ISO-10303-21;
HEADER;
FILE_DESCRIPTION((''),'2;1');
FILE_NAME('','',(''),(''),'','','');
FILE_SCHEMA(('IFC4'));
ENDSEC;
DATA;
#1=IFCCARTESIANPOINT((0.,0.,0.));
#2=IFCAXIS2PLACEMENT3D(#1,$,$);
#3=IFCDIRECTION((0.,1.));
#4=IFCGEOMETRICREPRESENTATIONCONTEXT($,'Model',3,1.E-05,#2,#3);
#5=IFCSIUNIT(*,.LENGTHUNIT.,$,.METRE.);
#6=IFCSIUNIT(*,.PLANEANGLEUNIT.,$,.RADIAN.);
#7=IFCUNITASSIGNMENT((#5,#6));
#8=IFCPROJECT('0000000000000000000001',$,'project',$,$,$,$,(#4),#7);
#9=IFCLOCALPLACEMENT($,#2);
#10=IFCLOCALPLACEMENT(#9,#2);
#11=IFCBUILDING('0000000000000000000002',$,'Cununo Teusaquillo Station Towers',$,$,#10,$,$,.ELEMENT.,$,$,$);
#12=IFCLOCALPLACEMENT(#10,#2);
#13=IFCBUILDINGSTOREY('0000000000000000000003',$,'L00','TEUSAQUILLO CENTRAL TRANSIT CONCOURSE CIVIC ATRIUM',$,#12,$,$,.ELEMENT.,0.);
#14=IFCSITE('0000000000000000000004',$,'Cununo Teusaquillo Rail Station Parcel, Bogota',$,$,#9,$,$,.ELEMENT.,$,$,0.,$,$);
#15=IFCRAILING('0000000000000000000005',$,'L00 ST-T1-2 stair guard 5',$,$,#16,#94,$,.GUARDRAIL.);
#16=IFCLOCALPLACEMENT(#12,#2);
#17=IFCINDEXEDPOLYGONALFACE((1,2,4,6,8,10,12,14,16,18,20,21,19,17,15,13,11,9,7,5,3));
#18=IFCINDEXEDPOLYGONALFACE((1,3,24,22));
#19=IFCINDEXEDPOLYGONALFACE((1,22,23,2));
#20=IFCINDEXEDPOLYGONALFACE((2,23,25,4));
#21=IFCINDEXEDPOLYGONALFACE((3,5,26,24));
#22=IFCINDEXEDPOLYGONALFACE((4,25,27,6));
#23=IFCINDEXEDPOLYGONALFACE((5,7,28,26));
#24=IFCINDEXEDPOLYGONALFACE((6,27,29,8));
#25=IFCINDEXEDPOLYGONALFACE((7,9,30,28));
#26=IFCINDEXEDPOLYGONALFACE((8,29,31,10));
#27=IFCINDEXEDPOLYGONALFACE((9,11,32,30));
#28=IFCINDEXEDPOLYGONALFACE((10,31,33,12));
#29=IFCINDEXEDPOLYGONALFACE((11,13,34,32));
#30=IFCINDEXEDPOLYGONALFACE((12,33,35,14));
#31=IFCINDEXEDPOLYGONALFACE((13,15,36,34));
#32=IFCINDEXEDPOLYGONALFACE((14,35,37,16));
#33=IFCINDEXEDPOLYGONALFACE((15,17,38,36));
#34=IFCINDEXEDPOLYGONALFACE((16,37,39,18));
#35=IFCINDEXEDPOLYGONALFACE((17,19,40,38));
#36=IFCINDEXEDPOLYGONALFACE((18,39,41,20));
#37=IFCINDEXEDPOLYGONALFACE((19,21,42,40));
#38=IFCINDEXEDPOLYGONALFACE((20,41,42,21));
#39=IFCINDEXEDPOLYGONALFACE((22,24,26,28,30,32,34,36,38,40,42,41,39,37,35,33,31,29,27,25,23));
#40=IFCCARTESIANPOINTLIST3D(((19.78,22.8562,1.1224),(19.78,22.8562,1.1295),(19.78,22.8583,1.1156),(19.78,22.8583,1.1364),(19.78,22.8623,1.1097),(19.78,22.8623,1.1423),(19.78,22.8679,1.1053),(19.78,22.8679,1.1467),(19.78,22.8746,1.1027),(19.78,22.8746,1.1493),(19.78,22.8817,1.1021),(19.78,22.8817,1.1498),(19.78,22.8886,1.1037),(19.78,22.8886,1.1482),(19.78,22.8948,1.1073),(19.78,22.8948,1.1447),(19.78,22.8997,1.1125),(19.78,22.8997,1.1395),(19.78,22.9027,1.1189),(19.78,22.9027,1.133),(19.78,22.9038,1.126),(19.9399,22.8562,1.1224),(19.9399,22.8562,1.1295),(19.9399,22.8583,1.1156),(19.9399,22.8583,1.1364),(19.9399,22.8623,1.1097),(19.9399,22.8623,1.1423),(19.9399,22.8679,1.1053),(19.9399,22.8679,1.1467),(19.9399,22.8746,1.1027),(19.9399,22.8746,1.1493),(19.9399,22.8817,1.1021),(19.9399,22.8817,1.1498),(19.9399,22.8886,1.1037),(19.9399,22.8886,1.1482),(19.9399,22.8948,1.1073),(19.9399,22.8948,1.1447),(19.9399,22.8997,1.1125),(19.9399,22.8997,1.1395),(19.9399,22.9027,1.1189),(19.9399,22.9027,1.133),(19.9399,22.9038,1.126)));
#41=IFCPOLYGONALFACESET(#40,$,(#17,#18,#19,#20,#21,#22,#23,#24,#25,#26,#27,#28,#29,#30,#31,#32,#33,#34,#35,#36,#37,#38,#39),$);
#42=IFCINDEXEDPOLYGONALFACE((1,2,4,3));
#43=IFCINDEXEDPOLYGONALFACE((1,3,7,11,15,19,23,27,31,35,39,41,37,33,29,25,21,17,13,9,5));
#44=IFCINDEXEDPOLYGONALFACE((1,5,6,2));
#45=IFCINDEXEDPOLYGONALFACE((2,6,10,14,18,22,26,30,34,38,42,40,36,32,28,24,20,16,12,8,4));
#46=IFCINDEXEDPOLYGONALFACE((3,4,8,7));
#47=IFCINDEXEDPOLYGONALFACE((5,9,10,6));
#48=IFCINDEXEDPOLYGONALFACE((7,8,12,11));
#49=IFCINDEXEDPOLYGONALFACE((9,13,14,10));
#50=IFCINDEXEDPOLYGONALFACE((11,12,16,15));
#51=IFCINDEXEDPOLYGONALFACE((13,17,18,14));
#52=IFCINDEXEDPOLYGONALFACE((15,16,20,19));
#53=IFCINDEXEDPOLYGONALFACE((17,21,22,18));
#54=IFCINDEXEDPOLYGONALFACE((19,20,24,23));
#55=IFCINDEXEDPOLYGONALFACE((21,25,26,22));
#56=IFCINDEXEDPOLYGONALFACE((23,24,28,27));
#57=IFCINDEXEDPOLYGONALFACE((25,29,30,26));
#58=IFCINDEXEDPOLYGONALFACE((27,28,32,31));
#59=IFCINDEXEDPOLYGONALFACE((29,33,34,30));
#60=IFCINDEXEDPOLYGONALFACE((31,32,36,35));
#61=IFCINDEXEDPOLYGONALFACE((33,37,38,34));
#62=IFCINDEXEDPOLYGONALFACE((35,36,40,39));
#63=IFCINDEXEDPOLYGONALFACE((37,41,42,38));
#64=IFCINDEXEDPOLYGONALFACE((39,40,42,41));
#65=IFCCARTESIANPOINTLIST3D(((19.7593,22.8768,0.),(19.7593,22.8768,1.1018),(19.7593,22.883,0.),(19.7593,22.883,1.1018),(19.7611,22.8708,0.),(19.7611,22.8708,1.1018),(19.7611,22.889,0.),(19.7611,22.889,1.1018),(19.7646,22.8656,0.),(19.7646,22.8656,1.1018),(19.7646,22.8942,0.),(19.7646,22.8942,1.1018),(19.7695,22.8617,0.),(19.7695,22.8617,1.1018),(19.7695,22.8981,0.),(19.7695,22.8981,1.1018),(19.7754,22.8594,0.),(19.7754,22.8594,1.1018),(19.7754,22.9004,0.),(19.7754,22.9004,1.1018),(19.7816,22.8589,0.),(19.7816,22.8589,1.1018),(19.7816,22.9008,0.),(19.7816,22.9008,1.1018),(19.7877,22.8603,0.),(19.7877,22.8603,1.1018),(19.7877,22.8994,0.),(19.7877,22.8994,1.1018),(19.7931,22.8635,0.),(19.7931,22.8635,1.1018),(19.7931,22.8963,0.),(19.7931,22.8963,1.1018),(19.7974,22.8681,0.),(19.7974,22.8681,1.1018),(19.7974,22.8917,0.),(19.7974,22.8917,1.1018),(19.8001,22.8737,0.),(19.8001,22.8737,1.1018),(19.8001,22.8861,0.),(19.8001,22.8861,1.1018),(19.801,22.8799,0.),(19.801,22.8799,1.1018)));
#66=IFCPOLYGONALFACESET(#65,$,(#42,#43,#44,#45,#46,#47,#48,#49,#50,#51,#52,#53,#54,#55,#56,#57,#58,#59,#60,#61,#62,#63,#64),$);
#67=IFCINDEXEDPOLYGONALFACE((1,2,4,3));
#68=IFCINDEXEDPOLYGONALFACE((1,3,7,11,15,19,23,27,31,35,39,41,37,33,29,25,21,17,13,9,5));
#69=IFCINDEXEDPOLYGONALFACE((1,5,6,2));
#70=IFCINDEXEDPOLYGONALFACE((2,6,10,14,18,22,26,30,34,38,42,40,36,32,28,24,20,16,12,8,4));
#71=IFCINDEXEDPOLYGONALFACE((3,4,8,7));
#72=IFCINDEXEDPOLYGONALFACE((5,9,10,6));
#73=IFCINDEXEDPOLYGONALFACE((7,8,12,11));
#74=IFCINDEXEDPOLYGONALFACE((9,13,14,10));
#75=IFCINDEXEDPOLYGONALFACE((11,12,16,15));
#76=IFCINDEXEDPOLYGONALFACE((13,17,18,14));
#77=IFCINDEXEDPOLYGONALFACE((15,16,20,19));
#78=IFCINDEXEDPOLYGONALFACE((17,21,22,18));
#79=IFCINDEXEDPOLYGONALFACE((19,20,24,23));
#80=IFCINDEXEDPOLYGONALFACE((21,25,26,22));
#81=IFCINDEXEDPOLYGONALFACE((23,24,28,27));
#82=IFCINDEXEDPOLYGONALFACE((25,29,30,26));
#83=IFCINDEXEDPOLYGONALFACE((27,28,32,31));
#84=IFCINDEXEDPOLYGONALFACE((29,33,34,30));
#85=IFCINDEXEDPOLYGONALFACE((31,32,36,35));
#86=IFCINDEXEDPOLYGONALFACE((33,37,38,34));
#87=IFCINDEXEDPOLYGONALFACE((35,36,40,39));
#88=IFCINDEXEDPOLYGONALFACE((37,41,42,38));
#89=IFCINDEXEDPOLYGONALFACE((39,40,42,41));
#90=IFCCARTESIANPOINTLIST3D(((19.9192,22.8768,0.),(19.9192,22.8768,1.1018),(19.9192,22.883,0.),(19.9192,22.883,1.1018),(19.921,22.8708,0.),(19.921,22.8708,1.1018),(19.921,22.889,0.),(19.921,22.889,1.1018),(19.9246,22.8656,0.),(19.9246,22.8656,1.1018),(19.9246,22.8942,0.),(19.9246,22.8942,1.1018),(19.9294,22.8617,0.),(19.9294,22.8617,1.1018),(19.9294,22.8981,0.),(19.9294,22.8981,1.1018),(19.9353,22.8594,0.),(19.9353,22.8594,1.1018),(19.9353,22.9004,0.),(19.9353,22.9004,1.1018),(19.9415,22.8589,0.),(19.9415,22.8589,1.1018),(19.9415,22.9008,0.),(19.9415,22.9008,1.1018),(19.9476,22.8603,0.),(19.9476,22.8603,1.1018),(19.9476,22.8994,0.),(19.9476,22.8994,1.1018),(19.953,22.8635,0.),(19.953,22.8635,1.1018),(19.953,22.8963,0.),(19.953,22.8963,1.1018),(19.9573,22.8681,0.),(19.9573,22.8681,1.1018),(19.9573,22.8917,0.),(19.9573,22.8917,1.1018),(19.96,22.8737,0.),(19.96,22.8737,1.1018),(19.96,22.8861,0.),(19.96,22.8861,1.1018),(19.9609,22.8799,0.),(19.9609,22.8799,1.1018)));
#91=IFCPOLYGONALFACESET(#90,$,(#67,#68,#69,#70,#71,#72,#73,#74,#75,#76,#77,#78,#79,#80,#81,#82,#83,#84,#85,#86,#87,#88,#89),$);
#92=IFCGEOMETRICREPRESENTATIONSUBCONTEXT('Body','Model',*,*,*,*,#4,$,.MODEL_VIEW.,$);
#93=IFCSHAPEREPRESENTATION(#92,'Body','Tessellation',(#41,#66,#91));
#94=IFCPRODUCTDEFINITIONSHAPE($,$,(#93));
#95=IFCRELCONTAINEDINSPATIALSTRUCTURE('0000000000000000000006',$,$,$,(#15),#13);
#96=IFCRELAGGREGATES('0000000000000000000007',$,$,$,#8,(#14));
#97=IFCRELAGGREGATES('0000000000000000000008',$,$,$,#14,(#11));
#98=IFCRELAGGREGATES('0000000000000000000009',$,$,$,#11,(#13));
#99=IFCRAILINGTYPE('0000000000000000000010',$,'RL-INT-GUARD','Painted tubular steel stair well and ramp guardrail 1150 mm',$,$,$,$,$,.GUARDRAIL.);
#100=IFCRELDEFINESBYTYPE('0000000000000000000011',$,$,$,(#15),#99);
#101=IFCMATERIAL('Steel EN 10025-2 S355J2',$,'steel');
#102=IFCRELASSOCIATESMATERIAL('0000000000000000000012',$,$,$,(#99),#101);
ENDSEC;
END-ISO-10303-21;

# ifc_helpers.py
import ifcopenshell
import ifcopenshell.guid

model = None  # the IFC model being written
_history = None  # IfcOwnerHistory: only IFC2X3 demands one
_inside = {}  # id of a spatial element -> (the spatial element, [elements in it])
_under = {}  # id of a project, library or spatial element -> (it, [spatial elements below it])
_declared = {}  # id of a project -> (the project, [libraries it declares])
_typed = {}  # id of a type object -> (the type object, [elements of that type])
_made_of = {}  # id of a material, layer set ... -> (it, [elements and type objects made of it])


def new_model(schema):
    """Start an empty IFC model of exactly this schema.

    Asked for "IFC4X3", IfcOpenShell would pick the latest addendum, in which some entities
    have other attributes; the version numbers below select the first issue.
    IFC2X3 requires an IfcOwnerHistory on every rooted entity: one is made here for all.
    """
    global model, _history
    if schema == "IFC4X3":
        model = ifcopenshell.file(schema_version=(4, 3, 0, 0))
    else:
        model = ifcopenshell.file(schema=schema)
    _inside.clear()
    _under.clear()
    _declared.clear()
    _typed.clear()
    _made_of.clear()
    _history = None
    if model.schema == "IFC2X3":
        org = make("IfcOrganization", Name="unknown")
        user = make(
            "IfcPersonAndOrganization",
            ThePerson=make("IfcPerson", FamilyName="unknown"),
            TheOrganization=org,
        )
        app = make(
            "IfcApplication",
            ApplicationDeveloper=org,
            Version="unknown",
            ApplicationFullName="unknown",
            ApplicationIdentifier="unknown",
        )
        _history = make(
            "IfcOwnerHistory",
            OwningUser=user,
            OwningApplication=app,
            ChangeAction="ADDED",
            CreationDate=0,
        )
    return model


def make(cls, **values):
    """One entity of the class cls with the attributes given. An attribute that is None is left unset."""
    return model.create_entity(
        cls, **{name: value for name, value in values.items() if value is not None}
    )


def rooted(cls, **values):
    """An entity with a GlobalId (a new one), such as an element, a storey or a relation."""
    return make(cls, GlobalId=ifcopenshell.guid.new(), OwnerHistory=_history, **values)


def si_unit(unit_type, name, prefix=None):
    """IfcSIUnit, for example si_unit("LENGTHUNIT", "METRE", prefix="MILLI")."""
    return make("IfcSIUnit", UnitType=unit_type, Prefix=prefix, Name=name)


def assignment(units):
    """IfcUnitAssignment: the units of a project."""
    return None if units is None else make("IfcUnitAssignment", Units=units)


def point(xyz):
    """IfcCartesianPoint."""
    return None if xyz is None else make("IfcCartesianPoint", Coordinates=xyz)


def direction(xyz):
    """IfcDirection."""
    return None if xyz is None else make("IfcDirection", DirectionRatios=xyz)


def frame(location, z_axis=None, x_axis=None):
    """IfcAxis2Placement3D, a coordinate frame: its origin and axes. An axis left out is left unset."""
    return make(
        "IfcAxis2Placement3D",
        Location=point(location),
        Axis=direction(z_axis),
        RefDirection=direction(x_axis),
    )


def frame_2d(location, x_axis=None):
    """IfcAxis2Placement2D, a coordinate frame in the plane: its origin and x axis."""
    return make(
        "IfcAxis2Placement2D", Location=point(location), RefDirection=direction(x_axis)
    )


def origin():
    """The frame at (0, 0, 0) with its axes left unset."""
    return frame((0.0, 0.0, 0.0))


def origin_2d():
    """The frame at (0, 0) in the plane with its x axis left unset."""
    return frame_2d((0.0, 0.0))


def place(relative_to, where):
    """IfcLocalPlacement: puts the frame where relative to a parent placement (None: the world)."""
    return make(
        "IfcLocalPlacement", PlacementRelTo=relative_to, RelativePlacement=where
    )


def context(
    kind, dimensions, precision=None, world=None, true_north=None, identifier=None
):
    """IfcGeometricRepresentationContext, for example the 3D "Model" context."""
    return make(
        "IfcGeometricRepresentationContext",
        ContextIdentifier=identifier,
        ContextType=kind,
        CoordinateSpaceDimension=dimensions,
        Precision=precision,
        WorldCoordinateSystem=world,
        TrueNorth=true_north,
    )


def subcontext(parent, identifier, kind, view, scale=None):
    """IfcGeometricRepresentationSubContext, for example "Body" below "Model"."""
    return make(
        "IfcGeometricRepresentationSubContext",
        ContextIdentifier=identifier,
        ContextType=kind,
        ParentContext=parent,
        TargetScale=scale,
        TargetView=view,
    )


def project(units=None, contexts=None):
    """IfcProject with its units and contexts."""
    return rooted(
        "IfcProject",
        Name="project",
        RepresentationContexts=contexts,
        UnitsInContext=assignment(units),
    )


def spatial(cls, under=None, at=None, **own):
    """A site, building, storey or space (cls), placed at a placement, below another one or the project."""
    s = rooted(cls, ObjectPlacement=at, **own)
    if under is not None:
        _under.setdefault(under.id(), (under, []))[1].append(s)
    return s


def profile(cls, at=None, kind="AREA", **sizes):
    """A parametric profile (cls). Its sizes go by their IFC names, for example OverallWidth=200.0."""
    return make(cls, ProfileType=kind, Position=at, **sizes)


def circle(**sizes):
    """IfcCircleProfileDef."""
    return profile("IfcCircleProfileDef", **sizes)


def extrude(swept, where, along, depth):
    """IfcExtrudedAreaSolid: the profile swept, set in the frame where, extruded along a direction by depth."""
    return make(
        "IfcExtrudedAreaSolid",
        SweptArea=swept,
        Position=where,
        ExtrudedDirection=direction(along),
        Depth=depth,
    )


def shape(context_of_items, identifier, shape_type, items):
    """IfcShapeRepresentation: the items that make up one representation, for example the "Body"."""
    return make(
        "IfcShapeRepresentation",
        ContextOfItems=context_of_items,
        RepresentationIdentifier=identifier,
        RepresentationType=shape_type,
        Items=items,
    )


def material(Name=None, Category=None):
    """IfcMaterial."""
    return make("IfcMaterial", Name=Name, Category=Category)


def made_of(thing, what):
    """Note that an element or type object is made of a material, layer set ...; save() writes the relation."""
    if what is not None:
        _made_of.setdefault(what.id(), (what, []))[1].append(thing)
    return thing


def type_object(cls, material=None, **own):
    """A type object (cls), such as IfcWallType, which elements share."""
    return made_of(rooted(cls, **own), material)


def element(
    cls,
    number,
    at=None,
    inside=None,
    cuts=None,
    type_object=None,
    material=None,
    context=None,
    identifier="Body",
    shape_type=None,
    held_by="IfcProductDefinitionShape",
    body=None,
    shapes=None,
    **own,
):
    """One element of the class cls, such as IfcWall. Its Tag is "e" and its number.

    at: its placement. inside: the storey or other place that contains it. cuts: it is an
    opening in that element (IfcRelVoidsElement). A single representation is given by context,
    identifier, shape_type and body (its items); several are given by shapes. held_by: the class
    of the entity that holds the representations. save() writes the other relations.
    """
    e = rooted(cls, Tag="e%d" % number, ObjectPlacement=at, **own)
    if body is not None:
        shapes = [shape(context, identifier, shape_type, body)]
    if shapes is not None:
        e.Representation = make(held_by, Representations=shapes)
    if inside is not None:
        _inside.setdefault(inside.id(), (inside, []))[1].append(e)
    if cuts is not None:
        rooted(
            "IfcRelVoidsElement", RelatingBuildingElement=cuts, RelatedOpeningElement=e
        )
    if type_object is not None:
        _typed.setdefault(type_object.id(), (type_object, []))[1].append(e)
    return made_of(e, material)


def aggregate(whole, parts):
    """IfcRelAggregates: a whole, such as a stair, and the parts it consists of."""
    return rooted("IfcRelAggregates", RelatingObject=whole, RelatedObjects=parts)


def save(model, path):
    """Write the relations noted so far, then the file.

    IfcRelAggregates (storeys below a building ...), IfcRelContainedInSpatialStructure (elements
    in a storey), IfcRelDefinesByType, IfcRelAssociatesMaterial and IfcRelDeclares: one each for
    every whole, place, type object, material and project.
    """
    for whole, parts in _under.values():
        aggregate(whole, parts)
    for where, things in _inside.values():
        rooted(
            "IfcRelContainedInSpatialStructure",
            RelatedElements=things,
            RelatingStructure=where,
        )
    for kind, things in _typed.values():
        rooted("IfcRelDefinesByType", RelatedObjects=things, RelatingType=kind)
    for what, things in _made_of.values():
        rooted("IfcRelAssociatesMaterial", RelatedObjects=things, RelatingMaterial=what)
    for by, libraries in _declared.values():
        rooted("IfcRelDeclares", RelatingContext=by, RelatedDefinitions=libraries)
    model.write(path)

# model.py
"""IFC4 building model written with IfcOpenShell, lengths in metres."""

from ifc_helpers import new_model, si_unit, direction, frame, origin, origin_2d, place, context, subcontext, project, spatial, circle, extrude, material, type_object, element, save


model = new_model("IFC4")

# Units and contexts
model_context = context("Model", 3, precision=1e-05, world=origin(), true_north=direction((0.0, 1.0)))
body_context = subcontext(model_context, "Body", "Model", "MODEL_VIEW")
ifc_project = project(units=[si_unit("LENGTHUNIT", "METRE"), si_unit("PLANEANGLEUNIT", "RADIAN")], contexts=[model_context])

# Site, building, storey
site_placement = place(None, origin())
site = spatial("IfcSite", under=ifc_project, at=site_placement, Name="Cununo Teusaquillo Rail Station Parcel, Bogota", CompositionType="ELEMENT", RefElevation=0.0)
building_placement = place(site_placement, origin())
building = spatial("IfcBuilding", under=site, at=building_placement, Name="Cununo Teusaquillo Station Towers", CompositionType="ELEMENT")
storey_placement = place(building_placement, origin())
storey = spatial("IfcBuildingStorey", under=building, at=storey_placement, Name="L00", Description="TEUSAQUILLO CENTRAL TRANSIT CONCOURSE CIVIC ATRIUM", CompositionType="ELEMENT", Elevation=0.0)

# Railing
ifc_material_1 = material(Name="Steel EN 10025-2 S355J2", Category="steel")
railing_type_1 = type_object("IfcRailingType", Name="RL-INT-GUARD", Description="Painted tubular steel stair well and ramp guardrail 1150 mm", PredefinedType="GUARDRAIL", material=ifc_material_1)
railing_1_placement = place(storey_placement, frame((19.78, 22.8799, 0.0)))
element("IfcRailing", 1, at=railing_1_placement, inside=storey, type_object=railing_type_1, Name="L00 ST-T1-2 stair guard 5", PredefinedType="GUARDRAIL", context=body_context, shape_type="SweptSolid", body=[
    extrude(circle(Radius=0.0239, at=origin_2d()), frame((0.0, 0.0, 1.126), z_axis=(1.0, 0.0, 0.0), x_axis=(0.0, 1.0, 0.0)), (0.0, 0.0, 1.0), 0.1599),
    extrude(circle(Radius=0.021, at=origin_2d()), origin(), (0.0, 0.0, 1.0), 1.1018),
    extrude(circle(Radius=0.021, at=origin_2d()), frame((0.1599, 0.0, 0.0)), (0.0, 0.0, 1.0), 1.1018),
])

save(model, "model.ifc")
